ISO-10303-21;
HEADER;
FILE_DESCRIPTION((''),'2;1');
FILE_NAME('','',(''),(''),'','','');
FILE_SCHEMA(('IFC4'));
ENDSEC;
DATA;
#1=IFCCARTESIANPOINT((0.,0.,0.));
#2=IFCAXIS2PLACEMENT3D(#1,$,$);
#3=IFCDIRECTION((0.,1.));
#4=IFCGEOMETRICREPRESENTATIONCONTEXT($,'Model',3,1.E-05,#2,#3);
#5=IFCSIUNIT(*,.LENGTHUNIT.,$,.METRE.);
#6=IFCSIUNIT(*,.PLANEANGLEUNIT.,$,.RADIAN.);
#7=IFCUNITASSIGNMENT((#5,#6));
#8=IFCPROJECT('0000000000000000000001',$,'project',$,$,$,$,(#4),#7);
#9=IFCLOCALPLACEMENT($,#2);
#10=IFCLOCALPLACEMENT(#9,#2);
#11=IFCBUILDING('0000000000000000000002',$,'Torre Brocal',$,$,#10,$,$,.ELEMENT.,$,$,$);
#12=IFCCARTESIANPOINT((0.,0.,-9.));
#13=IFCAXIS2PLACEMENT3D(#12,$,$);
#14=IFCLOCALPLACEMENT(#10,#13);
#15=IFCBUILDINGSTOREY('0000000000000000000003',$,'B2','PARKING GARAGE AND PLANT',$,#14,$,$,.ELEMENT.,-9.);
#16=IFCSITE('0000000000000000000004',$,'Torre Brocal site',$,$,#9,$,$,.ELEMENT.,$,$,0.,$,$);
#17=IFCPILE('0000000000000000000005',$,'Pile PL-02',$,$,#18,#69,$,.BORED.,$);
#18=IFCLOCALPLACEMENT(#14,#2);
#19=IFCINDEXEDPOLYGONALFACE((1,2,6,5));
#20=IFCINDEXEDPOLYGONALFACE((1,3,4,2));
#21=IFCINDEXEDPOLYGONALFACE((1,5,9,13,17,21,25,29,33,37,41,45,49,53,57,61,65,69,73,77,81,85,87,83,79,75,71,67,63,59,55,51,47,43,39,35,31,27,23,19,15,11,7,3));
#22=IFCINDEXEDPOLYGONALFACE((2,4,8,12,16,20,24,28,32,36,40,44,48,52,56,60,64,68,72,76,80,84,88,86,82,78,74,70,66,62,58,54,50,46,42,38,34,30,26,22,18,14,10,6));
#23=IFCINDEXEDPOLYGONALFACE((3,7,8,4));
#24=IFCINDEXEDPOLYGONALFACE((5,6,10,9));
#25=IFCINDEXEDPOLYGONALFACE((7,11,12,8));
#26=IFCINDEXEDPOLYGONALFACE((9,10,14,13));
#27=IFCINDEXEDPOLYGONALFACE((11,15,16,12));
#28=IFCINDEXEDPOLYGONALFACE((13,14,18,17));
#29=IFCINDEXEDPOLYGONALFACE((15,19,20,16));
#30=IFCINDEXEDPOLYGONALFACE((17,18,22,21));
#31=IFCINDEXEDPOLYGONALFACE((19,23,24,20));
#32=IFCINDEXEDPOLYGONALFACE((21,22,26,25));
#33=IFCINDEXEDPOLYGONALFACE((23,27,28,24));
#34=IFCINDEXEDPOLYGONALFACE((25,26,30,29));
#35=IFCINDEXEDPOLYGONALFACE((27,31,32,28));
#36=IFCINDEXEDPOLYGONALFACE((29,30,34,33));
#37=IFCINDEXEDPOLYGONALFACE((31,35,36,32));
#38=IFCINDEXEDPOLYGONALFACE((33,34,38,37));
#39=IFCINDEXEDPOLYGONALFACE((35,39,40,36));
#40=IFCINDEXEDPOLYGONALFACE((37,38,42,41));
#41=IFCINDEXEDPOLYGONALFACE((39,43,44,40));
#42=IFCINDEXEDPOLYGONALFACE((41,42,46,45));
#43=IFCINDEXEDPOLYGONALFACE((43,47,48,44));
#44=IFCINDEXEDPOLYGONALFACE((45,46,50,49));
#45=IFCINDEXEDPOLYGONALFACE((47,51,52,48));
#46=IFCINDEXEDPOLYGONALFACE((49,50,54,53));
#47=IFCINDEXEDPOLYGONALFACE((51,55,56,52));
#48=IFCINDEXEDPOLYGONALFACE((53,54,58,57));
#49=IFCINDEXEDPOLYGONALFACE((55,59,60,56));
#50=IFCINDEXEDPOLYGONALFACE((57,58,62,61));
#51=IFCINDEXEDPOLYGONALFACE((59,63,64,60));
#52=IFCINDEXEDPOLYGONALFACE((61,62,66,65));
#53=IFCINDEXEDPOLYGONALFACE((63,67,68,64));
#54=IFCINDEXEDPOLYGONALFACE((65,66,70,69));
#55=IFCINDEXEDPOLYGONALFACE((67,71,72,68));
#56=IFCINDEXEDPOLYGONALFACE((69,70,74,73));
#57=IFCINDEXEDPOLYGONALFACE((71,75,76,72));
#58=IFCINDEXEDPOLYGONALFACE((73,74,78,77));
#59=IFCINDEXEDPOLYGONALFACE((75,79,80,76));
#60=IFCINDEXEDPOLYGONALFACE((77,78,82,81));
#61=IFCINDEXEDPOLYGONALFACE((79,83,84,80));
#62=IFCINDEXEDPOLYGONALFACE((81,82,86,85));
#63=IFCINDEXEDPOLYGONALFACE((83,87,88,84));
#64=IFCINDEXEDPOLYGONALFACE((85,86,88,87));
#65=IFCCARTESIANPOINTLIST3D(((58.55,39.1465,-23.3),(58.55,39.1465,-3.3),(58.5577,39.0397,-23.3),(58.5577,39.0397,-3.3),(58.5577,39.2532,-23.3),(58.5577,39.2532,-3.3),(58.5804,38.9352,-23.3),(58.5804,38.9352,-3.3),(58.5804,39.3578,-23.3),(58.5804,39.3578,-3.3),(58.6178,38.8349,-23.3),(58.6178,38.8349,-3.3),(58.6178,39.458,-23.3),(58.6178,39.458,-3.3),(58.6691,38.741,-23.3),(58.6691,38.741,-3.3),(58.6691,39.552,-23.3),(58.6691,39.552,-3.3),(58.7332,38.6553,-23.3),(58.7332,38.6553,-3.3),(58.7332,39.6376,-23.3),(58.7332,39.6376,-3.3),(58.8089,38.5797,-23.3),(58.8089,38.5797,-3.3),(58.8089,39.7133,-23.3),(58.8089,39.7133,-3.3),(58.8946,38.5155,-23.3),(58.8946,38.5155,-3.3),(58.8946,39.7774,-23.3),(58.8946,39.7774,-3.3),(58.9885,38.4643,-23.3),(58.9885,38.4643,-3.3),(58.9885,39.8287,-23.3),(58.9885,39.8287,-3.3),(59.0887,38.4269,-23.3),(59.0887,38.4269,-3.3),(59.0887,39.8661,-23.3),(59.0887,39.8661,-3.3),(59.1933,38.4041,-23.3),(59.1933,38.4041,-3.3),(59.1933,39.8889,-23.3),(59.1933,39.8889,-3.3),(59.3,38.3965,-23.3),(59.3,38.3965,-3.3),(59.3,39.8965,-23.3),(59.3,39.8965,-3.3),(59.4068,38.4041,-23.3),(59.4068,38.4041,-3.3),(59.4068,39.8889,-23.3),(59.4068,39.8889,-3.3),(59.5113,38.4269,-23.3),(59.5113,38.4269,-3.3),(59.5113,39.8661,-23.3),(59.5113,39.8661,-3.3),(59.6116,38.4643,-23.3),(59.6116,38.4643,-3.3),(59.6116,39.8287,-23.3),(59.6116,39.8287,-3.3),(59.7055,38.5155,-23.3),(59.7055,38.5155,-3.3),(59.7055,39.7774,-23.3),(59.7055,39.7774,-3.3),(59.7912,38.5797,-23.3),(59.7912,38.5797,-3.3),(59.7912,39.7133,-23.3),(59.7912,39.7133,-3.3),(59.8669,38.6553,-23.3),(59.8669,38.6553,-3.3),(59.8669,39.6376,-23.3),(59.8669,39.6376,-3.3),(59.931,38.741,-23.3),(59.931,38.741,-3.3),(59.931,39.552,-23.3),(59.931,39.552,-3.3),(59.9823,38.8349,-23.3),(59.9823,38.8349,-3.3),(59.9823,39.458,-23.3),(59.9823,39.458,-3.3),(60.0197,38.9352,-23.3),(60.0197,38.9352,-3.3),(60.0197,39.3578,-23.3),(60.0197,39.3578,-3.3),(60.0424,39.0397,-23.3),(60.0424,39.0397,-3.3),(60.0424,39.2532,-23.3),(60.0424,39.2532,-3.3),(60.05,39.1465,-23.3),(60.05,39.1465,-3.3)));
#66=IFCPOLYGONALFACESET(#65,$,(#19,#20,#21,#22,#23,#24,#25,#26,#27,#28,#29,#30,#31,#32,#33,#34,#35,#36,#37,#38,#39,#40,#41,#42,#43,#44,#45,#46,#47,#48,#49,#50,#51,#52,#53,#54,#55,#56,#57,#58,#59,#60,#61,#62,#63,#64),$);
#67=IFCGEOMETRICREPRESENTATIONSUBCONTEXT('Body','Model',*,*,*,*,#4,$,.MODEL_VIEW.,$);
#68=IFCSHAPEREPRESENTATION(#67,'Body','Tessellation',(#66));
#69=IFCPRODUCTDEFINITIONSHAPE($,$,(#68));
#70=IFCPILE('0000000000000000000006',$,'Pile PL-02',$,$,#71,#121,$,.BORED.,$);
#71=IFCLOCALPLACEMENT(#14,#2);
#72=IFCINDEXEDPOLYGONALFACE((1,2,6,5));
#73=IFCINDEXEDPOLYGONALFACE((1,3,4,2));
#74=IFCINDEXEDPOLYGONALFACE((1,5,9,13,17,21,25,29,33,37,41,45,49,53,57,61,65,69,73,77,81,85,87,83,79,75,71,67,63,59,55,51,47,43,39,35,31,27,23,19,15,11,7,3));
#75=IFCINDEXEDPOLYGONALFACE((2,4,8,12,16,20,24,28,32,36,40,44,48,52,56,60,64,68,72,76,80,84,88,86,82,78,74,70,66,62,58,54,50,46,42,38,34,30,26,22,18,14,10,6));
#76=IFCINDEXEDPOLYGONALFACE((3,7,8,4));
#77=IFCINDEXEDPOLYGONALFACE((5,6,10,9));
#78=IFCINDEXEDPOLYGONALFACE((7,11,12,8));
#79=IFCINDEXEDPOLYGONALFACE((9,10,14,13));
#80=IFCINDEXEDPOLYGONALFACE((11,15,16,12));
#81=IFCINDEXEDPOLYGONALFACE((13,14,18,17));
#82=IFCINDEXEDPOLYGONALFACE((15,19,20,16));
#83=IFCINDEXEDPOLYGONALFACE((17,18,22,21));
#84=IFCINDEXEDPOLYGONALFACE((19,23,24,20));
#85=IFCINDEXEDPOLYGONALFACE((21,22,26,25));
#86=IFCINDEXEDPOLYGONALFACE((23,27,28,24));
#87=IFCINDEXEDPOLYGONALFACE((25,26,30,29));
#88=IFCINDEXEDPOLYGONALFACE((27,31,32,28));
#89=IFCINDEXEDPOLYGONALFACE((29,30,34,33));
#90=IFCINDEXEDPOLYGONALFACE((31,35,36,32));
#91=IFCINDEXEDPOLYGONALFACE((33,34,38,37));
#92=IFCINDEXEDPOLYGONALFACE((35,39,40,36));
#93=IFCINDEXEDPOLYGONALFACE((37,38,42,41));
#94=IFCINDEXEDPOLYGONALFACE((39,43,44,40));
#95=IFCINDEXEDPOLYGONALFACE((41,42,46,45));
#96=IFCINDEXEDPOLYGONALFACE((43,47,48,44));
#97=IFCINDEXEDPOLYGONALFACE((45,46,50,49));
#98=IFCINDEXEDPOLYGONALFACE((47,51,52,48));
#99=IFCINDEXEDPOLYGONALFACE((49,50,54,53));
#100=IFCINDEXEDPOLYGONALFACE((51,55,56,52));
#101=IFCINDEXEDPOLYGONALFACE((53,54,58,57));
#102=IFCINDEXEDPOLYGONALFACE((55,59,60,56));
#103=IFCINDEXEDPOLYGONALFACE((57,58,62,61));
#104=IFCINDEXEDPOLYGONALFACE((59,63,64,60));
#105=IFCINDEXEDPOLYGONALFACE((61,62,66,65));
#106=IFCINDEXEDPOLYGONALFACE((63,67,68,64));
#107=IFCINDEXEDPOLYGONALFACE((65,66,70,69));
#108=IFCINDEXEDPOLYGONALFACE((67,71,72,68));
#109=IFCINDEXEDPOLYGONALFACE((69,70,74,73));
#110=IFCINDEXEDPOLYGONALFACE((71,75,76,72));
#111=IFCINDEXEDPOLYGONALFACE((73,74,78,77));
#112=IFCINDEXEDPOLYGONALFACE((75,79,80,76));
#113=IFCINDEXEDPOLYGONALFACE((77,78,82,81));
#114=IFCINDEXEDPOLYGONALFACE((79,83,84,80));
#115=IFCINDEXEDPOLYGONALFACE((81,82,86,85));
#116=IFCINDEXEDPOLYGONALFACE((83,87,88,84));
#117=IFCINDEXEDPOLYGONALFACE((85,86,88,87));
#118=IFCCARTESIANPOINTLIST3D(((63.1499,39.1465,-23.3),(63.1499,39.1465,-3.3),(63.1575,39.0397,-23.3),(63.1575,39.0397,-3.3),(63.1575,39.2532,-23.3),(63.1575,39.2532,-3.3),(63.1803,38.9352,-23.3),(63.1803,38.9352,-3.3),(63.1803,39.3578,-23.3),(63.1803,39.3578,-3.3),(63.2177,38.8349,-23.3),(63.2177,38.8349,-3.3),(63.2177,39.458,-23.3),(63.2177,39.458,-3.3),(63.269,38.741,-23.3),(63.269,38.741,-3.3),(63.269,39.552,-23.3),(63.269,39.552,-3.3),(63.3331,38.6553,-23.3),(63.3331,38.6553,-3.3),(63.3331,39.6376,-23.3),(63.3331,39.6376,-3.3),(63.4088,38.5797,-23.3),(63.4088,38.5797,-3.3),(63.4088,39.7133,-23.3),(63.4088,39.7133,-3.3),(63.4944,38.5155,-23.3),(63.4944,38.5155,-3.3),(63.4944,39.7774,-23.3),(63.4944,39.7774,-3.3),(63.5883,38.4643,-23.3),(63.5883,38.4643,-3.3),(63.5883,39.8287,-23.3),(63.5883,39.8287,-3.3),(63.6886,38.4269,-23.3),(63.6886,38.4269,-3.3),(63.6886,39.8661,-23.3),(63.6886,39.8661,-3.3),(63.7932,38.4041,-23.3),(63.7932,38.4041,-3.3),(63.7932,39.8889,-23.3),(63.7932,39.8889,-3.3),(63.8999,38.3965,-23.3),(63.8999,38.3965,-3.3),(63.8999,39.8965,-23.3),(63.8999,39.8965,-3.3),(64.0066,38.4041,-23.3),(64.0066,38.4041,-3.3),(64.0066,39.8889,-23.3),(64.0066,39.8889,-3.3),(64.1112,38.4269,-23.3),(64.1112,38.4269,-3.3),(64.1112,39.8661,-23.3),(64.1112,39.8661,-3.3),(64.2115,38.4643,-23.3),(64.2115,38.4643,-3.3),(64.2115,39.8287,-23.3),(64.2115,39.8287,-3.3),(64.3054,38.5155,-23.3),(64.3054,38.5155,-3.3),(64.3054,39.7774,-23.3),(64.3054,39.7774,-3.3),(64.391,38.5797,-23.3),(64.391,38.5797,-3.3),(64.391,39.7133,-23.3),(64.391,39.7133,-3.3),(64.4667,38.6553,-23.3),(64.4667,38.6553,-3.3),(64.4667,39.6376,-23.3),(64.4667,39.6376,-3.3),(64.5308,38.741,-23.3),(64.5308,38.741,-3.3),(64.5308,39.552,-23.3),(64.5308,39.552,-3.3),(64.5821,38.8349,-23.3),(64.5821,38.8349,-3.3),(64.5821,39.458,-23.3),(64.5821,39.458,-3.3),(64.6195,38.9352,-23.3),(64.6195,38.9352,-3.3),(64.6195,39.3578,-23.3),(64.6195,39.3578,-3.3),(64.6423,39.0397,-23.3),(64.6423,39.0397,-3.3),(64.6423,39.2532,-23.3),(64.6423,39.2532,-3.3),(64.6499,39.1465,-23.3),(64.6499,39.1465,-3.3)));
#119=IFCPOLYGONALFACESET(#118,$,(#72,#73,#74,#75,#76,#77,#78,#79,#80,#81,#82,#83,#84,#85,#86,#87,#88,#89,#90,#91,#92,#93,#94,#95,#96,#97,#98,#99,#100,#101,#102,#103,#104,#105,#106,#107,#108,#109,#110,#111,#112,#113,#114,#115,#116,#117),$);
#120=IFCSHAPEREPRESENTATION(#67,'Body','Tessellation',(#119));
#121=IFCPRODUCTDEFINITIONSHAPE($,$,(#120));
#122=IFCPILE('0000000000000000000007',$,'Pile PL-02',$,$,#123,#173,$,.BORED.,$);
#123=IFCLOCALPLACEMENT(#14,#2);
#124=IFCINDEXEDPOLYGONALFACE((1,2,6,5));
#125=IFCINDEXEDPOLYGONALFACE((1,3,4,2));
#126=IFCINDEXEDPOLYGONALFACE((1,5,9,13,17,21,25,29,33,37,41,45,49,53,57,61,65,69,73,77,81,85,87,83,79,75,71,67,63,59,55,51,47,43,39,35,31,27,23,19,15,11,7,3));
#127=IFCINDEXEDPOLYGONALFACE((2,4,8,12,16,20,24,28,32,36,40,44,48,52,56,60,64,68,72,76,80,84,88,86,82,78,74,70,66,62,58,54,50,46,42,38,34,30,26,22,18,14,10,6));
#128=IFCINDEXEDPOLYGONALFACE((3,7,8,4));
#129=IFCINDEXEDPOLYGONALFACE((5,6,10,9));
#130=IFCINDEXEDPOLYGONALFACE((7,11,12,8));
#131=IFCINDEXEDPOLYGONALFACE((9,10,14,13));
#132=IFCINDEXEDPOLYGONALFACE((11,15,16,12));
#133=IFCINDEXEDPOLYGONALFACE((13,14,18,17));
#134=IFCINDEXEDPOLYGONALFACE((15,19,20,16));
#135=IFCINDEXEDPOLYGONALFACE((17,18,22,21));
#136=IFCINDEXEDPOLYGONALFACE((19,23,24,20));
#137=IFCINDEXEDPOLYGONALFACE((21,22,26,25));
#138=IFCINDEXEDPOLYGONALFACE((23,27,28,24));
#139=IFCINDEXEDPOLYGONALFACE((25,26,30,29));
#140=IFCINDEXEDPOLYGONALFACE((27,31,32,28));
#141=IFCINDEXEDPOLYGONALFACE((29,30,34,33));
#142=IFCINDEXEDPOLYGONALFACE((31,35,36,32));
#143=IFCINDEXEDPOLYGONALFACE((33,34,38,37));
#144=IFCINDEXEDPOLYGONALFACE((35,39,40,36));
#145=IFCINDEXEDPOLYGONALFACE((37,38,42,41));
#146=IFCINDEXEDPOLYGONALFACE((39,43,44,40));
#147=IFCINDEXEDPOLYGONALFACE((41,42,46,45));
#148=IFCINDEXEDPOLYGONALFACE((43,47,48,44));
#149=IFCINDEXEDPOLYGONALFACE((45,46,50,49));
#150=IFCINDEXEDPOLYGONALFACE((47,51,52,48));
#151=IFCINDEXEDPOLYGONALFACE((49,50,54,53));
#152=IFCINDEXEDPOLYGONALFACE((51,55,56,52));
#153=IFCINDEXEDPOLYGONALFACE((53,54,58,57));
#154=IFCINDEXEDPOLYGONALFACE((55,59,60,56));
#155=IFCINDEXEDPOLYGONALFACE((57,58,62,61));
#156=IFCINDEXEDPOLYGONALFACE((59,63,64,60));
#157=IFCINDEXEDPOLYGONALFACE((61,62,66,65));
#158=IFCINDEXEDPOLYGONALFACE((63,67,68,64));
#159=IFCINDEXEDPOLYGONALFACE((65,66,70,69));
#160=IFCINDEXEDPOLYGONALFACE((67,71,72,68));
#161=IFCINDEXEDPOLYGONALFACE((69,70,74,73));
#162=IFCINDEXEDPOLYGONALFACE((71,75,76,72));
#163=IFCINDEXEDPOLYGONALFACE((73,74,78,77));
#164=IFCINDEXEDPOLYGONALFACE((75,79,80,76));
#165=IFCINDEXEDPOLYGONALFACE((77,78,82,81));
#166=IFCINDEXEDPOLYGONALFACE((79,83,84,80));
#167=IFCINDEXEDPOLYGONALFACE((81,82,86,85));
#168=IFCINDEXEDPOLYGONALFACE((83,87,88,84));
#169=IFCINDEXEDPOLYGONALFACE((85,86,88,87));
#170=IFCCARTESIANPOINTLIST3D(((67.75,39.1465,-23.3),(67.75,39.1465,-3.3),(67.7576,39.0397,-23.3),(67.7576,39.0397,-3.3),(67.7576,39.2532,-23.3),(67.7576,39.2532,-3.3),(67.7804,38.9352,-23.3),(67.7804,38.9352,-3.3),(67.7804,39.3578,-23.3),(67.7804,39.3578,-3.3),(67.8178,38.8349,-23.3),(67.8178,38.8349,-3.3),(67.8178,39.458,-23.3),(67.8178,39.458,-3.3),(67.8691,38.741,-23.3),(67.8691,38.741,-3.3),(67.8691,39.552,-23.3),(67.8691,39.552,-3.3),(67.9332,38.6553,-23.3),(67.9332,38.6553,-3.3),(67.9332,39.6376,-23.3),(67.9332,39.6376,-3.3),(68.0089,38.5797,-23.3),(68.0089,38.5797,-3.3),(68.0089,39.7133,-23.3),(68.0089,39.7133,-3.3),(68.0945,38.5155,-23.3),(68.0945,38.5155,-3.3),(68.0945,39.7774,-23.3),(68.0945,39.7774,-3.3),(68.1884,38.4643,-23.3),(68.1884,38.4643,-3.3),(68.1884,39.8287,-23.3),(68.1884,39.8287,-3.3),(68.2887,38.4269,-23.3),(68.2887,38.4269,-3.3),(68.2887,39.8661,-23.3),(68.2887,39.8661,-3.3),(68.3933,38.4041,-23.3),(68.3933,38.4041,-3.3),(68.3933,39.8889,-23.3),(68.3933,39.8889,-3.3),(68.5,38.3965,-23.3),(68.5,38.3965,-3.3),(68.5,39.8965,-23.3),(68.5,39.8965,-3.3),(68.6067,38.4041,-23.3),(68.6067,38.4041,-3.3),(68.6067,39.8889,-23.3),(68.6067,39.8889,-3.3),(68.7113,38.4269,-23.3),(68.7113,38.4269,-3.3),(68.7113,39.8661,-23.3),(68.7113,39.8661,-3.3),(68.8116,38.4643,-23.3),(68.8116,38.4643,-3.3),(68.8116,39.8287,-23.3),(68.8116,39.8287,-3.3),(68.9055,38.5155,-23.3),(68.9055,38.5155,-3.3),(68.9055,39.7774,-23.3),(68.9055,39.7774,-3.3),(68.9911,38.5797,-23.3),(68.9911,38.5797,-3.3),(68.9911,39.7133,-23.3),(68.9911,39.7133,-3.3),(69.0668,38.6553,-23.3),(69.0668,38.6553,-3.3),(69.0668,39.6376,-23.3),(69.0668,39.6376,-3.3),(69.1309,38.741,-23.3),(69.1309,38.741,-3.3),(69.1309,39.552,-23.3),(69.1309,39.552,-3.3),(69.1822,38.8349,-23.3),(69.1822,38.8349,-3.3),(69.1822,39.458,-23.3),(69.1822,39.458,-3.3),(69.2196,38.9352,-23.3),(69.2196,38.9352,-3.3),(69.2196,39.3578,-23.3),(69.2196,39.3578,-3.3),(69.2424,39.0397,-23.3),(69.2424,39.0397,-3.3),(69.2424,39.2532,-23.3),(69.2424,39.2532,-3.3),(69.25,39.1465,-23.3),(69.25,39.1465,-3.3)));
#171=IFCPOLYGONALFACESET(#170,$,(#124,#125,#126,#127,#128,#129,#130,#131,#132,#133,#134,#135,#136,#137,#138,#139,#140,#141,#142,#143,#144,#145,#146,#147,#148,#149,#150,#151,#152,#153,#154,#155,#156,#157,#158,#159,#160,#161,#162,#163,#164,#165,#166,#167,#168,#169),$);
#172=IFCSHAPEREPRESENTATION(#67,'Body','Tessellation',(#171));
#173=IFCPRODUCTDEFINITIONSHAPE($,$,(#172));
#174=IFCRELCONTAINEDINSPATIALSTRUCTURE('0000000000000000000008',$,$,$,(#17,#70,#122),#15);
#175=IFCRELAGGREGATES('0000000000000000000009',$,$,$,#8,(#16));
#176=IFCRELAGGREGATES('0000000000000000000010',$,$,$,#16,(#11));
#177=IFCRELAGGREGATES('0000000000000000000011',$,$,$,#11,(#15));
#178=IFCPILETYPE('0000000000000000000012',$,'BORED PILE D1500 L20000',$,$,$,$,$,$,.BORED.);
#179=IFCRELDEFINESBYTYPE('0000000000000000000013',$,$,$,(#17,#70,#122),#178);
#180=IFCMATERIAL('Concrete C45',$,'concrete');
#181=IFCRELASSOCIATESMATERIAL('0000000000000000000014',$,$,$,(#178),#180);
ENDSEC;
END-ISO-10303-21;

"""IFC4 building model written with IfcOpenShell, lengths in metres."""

from ifc_helpers import new_model, si_unit, direction, frame, origin, origin_2d, place, context, subcontext, project, spatial, circle, extrude, material, material_profile, profile_set, type_object, element, save


model = new_model("IFC4")

# Units and contexts
model_context = context("Model", 3, precision=1e-05, world=origin(), true_north=direction((0.0, 1.0)))
body_context = subcontext(model_context, "Body", "Model", "MODEL_VIEW")
ifc_project = project(units=[si_unit("LENGTHUNIT", "METRE"), si_unit("PLANEANGLEUNIT", "RADIAN")], contexts=[model_context])

# Site, building, storey
site_placement = place(None, origin())
site = spatial("IfcSite", under=ifc_project, at=site_placement, Name="Torre Brocal site", CompositionType="ELEMENT", RefElevation=0.0)
building_placement = place(site_placement, origin())
building = spatial("IfcBuilding", under=site, at=building_placement, Name="Torre Brocal", CompositionType="ELEMENT")
storey_placement = place(building_placement, frame((0.0, 0.0, -9.0)))
storey = spatial("IfcBuildingStorey", under=building, at=storey_placement, Name="B2", Description="PARKING GARAGE AND PLANT", CompositionType="ELEMENT", Elevation=-9.0)

# Piles
ifc_material_1 = material(Name="Concrete C45", Category="concrete")
ifc_material_profile_1 = material_profile(ifc_material_1, circle(Radius=0.75, at=origin_2d()), Name="BORED PILE D1500")
ifc_profile_set_1 = profile_set([ifc_material_profile_1], Name="Concrete C45")
pile_type_1 = type_object("IfcPileType", Name="BORED PILE D1500 L20000", PredefinedType="BORED", material=ifc_profile_set_1)
for number, where, z_axis, x_axis, name in (
    (1, (59.3, 39.1465, -3.3), (0.0, 0.0, -1.0), (1.0, 0.0, 0.0), "Pile PL-02"),
    (2, (63.8999, 39.1465, -3.3), (0.0, 0.0, -1.0), (1.0, 0.0, 0.0), "Pile PL-02"),
    (3, (68.5, 39.1465, -3.3), (0.0, 0.0, -1.0), (1.0, 0.0, 0.0), "Pile PL-02"),
):
    element("IfcPile", number, at=place(storey_placement, frame(where, z_axis=z_axis, x_axis=x_axis)), inside=storey, type_object=pile_type_1, Name=name, PredefinedType="BORED", context=body_context, shape_type="SweptSolid", body=[
        extrude(circle(Radius=0.75, at=origin_2d()), origin(), (0.0, 0.0, 1.0), 20.0),
    ])

save(model, "model.ifc")
